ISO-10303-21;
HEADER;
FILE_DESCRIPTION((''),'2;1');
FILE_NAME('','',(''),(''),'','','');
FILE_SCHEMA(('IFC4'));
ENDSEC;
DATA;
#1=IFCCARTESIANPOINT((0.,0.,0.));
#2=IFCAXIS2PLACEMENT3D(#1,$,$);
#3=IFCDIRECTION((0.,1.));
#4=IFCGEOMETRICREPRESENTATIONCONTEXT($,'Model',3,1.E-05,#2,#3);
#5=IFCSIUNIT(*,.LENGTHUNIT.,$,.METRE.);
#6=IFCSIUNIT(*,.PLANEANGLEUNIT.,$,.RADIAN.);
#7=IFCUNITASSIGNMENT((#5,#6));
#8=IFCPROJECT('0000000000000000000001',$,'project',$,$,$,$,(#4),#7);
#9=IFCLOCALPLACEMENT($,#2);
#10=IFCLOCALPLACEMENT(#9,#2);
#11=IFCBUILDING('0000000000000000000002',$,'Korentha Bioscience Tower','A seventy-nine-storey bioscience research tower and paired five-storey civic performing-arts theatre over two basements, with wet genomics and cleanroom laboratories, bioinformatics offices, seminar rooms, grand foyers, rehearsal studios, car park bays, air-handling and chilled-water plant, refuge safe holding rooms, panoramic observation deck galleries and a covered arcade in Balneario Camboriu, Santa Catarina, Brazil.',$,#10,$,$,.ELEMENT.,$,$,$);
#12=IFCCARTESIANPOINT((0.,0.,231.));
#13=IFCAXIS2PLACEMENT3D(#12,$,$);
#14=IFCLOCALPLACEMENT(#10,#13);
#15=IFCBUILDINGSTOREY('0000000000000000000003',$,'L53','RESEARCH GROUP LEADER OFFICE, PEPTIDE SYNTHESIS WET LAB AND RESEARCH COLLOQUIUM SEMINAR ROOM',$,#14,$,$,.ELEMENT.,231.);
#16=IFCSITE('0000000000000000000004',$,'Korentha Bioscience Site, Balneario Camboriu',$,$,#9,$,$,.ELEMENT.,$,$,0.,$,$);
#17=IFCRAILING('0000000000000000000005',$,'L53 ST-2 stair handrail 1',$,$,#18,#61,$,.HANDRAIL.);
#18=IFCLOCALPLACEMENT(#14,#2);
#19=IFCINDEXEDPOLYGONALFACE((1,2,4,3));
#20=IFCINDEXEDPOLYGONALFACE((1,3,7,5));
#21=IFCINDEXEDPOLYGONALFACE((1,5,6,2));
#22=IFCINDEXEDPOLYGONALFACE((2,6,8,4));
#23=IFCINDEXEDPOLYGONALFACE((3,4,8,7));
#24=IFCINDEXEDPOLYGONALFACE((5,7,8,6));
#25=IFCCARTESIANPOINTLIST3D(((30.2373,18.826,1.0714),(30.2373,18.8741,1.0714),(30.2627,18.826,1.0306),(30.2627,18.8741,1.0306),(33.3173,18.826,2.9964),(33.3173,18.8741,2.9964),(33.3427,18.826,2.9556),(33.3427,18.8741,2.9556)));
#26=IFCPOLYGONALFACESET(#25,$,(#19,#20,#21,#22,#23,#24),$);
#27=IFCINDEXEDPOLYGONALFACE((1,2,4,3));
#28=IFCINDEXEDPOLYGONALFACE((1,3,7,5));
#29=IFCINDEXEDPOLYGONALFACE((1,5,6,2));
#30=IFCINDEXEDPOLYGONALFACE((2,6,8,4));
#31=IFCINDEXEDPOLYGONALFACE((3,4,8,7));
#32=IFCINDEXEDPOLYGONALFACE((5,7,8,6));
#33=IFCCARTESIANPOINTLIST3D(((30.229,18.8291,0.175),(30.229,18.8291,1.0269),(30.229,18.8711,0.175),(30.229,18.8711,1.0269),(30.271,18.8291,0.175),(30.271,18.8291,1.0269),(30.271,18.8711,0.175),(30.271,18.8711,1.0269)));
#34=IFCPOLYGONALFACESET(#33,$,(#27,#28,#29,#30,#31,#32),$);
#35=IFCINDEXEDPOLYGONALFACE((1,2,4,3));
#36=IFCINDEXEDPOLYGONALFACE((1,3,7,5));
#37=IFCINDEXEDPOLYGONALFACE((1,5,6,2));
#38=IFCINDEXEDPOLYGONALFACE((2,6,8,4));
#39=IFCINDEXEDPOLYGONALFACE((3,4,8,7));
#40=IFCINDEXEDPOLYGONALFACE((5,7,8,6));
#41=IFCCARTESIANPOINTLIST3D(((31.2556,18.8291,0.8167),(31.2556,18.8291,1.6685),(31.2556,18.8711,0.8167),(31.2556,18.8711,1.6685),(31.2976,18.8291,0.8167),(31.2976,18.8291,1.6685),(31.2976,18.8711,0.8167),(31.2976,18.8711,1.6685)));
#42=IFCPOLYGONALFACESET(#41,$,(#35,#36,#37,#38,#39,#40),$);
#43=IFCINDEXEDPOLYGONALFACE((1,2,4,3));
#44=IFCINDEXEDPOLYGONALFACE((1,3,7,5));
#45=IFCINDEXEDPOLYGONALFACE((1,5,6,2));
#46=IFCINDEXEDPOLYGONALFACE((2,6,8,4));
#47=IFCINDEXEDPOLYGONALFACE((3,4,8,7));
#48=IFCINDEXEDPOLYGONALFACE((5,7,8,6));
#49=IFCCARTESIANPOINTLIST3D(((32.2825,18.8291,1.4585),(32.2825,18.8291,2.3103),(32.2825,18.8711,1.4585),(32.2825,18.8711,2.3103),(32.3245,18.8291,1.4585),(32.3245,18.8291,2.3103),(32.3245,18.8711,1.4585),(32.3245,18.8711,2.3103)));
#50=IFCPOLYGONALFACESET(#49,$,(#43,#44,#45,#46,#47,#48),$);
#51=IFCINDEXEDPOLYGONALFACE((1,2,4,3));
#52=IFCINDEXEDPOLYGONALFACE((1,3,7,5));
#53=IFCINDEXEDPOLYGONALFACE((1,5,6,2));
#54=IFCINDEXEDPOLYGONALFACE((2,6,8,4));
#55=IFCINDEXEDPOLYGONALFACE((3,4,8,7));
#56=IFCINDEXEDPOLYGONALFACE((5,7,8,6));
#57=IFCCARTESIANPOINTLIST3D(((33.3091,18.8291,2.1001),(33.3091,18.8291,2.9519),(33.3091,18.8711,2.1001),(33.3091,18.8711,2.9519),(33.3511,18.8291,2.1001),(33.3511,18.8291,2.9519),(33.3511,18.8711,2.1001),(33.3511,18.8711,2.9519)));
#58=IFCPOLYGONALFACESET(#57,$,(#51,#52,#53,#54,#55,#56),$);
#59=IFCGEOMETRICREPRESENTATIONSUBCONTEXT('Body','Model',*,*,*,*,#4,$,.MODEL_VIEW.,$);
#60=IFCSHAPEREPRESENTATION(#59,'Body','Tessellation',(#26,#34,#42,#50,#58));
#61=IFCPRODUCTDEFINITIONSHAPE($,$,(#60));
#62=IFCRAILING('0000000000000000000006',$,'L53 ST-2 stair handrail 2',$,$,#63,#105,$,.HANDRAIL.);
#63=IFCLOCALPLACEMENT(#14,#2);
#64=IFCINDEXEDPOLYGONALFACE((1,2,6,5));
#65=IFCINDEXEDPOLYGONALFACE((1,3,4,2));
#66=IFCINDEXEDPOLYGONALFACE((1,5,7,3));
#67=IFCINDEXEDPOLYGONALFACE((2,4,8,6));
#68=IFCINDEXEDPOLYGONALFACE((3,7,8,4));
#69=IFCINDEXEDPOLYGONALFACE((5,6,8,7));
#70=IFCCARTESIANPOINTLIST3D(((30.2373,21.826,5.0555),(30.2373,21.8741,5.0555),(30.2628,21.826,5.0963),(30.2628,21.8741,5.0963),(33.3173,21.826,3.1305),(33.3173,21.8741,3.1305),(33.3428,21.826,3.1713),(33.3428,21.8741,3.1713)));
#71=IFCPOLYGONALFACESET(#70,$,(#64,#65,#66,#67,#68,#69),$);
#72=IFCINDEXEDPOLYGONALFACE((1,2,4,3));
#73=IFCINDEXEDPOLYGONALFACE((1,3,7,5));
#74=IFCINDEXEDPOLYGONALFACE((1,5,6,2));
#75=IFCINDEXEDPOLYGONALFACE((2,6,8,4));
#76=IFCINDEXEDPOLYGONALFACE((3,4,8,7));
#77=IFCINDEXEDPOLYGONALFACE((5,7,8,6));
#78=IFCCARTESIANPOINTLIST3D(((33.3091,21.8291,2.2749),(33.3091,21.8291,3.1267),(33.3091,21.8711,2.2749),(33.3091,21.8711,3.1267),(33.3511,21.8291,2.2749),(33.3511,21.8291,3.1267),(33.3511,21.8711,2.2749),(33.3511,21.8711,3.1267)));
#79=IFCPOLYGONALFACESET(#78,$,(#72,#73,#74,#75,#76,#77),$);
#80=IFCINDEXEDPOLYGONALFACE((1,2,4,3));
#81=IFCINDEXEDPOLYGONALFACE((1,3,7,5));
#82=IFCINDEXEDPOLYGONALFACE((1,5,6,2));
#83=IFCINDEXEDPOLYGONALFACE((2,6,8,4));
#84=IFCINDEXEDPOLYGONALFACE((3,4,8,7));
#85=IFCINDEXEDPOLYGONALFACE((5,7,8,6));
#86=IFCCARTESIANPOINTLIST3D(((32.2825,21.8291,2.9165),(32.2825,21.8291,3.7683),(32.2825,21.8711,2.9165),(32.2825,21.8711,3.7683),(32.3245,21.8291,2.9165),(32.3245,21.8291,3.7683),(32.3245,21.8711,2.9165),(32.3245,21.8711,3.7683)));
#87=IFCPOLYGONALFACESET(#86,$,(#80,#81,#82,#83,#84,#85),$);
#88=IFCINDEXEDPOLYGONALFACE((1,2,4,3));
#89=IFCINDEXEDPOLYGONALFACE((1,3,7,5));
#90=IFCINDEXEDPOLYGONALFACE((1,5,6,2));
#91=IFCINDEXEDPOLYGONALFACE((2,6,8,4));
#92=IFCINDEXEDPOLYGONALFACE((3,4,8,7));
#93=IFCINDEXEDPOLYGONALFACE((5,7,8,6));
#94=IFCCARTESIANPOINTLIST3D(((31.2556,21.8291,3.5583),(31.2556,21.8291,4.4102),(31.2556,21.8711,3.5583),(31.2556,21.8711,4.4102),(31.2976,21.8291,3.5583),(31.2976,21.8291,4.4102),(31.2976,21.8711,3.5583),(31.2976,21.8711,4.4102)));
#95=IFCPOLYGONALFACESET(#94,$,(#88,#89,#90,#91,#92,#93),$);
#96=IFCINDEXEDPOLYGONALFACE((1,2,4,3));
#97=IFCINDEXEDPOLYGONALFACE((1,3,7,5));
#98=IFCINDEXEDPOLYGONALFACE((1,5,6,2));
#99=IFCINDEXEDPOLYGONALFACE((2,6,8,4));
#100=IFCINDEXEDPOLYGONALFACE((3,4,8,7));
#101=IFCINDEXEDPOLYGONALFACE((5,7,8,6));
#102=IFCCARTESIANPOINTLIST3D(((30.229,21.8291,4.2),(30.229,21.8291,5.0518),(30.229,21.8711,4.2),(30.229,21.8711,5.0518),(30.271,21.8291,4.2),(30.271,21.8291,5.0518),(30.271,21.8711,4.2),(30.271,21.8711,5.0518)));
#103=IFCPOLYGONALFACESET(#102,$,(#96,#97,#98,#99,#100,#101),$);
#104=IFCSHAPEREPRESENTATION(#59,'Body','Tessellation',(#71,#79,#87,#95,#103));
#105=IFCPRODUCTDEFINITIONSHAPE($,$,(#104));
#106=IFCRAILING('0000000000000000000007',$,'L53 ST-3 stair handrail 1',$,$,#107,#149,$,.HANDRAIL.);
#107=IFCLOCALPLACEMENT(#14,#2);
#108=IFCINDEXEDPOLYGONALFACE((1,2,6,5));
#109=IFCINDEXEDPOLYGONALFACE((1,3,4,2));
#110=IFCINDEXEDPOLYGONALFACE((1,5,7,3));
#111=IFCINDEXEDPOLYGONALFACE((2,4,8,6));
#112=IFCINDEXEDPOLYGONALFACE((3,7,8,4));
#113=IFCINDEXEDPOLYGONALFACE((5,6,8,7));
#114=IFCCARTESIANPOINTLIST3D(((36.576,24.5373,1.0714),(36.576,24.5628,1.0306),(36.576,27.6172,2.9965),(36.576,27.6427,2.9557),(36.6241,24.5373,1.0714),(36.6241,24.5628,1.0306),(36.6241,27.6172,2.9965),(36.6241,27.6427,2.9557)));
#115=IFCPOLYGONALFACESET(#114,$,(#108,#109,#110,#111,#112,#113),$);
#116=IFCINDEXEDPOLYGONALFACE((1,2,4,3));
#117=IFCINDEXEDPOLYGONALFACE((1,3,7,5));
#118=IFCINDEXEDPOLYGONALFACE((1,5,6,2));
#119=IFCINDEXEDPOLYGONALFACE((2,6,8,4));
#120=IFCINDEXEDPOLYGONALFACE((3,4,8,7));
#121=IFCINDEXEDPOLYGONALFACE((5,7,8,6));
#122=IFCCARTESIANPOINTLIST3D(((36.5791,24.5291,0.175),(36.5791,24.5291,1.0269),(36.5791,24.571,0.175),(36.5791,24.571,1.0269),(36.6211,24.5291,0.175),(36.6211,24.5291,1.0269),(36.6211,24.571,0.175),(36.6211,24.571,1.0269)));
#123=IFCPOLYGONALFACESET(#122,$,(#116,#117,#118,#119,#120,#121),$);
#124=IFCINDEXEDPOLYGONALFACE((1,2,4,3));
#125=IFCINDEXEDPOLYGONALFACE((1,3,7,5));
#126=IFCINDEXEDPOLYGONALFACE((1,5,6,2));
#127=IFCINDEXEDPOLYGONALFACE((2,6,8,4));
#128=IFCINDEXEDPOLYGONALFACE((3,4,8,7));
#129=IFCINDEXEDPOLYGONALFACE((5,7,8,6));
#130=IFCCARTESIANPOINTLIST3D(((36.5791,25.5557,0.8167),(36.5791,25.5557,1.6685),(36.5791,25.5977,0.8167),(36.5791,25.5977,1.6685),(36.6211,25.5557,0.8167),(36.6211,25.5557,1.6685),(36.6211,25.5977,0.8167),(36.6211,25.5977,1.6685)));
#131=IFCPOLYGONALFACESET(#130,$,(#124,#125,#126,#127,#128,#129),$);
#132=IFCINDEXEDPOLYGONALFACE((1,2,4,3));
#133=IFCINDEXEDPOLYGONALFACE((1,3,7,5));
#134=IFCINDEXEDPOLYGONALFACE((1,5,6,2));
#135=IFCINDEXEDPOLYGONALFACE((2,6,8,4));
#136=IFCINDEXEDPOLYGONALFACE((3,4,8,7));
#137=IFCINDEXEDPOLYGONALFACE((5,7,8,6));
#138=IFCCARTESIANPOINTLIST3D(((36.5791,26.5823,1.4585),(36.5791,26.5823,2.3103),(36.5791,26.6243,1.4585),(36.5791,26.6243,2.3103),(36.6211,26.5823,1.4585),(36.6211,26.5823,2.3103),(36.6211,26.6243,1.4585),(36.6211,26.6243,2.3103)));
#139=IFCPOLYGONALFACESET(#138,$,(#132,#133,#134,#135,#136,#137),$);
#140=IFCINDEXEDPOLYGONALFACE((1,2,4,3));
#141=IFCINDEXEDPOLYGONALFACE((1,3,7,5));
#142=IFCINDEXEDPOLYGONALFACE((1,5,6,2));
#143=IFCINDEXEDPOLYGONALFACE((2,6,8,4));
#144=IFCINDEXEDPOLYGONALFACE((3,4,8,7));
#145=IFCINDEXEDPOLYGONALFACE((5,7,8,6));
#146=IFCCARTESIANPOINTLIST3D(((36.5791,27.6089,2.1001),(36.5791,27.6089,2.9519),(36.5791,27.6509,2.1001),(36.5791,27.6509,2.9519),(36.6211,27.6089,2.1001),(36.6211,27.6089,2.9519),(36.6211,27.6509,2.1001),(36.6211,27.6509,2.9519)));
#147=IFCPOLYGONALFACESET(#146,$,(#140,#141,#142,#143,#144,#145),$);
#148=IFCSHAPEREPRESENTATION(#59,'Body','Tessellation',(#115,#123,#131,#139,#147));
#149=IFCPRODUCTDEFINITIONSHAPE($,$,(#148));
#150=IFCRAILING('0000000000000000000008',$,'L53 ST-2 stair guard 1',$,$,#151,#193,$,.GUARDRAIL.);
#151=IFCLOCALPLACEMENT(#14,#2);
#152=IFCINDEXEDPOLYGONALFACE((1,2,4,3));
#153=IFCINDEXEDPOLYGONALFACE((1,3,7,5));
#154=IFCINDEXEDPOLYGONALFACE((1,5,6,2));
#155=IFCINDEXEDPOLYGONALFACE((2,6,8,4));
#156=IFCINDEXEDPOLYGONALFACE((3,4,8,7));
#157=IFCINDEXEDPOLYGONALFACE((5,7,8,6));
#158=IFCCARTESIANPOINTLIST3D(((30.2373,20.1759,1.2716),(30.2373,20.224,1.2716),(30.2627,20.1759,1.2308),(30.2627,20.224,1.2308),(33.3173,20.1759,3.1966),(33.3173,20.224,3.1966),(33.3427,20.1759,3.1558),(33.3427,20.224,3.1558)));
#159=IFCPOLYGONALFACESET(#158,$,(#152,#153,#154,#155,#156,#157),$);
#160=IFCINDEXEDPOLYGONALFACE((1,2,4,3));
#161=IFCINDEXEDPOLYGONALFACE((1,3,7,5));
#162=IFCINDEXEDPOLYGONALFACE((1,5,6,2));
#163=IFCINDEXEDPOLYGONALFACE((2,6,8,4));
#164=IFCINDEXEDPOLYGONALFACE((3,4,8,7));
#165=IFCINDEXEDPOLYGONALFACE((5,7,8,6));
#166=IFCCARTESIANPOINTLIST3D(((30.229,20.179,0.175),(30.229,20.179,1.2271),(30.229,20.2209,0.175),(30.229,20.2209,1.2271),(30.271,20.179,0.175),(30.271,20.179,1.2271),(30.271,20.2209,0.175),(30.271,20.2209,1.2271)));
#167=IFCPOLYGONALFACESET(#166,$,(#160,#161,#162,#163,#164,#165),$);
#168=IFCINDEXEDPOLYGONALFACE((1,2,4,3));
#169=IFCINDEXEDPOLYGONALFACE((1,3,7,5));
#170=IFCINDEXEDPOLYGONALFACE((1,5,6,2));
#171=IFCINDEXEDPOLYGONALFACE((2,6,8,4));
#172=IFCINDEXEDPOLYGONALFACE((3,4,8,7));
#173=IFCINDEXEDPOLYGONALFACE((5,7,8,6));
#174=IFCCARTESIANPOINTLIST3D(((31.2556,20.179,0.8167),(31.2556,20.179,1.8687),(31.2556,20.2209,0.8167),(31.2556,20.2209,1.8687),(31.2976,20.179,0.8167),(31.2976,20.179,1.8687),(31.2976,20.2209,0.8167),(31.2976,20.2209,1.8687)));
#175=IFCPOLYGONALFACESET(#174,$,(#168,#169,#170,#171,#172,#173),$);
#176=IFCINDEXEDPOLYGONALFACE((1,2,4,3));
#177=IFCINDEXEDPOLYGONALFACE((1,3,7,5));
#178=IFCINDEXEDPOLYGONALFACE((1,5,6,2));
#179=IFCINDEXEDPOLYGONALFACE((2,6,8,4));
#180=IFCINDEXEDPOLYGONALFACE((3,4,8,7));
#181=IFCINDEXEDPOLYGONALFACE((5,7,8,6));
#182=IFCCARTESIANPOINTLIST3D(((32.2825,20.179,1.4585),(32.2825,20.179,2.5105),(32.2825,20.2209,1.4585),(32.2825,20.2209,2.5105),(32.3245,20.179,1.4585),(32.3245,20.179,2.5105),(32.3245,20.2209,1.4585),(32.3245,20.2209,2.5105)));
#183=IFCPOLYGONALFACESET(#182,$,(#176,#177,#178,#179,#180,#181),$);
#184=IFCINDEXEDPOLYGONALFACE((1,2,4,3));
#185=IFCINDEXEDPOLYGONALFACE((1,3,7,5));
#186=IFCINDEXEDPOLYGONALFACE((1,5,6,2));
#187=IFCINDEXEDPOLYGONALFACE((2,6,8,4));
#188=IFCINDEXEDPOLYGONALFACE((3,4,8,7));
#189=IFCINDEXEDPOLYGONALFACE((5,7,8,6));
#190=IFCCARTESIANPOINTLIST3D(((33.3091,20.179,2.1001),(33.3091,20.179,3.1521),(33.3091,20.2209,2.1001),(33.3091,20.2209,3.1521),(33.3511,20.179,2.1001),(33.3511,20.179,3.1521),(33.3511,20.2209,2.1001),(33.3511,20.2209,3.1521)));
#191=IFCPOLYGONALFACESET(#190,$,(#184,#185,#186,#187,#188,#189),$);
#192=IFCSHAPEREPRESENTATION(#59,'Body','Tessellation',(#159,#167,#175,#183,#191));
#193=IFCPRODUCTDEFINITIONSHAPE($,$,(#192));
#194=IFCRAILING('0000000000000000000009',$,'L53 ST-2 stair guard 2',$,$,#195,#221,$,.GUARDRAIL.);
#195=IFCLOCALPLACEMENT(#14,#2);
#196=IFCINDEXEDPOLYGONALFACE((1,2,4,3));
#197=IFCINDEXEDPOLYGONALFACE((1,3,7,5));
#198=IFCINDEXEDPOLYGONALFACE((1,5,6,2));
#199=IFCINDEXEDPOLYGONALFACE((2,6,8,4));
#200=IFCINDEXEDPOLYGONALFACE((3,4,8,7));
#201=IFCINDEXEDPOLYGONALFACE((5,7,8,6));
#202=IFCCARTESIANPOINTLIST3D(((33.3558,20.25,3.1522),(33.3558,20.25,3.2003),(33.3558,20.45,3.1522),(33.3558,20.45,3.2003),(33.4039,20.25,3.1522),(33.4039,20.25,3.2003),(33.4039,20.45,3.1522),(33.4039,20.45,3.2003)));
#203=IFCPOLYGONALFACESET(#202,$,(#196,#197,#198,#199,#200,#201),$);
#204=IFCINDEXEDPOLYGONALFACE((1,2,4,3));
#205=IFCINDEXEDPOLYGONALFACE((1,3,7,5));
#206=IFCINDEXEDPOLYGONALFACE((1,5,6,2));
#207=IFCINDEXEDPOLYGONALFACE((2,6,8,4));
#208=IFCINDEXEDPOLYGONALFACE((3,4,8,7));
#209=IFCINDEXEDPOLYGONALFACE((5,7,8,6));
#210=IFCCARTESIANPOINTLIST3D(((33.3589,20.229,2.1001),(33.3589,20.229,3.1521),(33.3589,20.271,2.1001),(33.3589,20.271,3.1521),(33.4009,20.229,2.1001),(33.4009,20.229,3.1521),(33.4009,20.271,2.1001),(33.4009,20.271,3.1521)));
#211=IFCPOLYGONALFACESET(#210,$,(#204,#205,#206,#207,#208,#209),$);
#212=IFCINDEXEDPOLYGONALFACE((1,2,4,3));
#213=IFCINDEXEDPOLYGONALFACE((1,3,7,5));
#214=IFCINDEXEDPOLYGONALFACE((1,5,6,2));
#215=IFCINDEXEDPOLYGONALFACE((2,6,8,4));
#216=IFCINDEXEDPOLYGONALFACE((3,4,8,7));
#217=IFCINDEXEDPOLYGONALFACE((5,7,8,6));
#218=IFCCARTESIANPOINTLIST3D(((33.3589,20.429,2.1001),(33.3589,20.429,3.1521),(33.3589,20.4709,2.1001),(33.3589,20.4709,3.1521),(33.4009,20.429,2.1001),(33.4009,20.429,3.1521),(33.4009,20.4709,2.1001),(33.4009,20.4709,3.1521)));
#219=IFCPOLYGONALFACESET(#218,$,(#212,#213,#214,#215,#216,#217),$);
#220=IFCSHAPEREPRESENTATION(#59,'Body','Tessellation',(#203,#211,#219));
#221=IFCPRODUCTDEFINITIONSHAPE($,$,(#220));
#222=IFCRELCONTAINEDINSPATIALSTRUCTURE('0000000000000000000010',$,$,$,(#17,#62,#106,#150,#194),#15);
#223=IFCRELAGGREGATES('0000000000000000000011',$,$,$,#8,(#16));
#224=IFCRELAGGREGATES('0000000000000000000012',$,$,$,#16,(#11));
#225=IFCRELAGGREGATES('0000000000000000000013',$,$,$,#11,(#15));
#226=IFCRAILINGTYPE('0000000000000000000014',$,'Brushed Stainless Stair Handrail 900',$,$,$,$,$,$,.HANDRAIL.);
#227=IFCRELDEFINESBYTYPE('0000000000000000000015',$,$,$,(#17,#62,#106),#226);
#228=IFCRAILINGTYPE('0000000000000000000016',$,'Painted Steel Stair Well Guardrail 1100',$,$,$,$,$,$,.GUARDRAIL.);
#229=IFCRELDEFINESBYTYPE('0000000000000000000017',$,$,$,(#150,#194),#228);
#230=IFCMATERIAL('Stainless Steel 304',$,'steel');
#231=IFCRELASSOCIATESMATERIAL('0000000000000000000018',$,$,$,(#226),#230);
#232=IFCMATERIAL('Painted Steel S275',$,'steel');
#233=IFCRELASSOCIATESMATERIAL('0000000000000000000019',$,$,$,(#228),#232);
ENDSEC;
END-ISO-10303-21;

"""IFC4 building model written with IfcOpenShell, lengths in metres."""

from ifc_helpers import new_model, si_unit, direction, frame, origin, origin_2d, place, context, subcontext, project, spatial, rectangle, extrude, material, type_object, element, save


model = new_model("IFC4")

# Units and contexts
model_context = context("Model", 3, precision=1e-05, world=origin(), true_north=direction((0.0, 1.0)))
body_context = subcontext(model_context, "Body", "Model", "MODEL_VIEW")
ifc_project = project(units=[si_unit("LENGTHUNIT", "METRE"), si_unit("PLANEANGLEUNIT", "RADIAN")], contexts=[model_context])

# Site, building, storey
site_placement = place(None, origin())
site = spatial("IfcSite", under=ifc_project, at=site_placement, Name="Korentha Bioscience Site, Balneario Camboriu", CompositionType="ELEMENT", RefElevation=0.0)
building_placement = place(site_placement, origin())
building = spatial("IfcBuilding", under=site, at=building_placement, Name="Korentha Bioscience Tower", Description="A seventy-nine-storey bioscience research tower and paired five-storey civic performing-arts theatre over two basements, with wet genomics and cleanroom laboratories, bioinformatics offices, seminar rooms, grand foyers, rehearsal studios, car park bays, air-handling and chilled-water plant, refuge safe holding rooms, panoramic observation deck galleries and a covered arcade in Balneario Camboriu, Santa Catarina, Brazil.", CompositionType="ELEMENT")
storey_placement = place(building_placement, frame((0.0, 0.0, 231.0)))
storey = spatial("IfcBuildingStorey", under=building, at=storey_placement, Name="L53", Description="RESEARCH GROUP LEADER OFFICE, PEPTIDE SYNTHESIS WET LAB AND RESEARCH COLLOQUIUM SEMINAR ROOM", CompositionType="ELEMENT", Elevation=231.0)

# Railings
ifc_material_1 = material(Name="Stainless Steel 304", Category="steel")
railing_type_1 = type_object("IfcRailingType", Name="Brushed Stainless Stair Handrail 900", PredefinedType="HANDRAIL", material=ifc_material_1)
railing_1_placement = place(storey_placement, frame((30.25, 18.8501, 0.175)))
element("IfcRailing", 1, at=railing_1_placement, inside=storey, type_object=railing_type_1, Name="L53 ST-2 stair handrail 1", PredefinedType="HANDRAIL", context=body_context, shape_type="SweptSolid", body=[
    extrude(rectangle(XDim=0.0481, YDim=0.0481, at=origin_2d()), frame((0.0, 0.0, 0.876), z_axis=(0.847998, 0.0, 0.529999), x_axis=(0.0, 1.0, 0.0)), (0.0, 0.0, 1.0), 3.6321),
    extrude(rectangle(XDim=0.042, YDim=0.042, at=origin_2d()), origin(), (0.0, 0.0, 1.0), 0.8518),
    extrude(rectangle(XDim=0.042, YDim=0.042, at=origin_2d()), frame((1.0266, 0.0, 0.6416)), (0.0, 0.0, 1.0), 0.8518),
    extrude(rectangle(XDim=0.042, YDim=0.042, at=origin_2d()), frame((2.0535, 0.0, 1.2834)), (0.0, 0.0, 1.0), 0.8518),
    extrude(rectangle(XDim=0.042, YDim=0.042, at=origin_2d()), frame((3.0801, 0.0, 1.925)), (0.0, 0.0, 1.0), 0.8518),
])
railing_2_placement = place(storey_placement, frame((33.3301, 21.8501, 2.2749)))
element("IfcRailing", 2, at=railing_2_placement, inside=storey, type_object=railing_type_1, Name="L53 ST-2 stair handrail 2", PredefinedType="HANDRAIL", context=body_context, shape_type="SweptSolid", body=[
    extrude(rectangle(XDim=0.0481, YDim=0.0481, at=origin_2d()), frame((0.0, 0.0, 0.876), z_axis=(-0.847998, 0.0, 0.529999), x_axis=(0.0, -1.0, 0.0)), (0.0, 0.0, 1.0), 3.6321),
    extrude(rectangle(XDim=0.042, YDim=0.042, at=origin_2d()), origin(), (0.0, 0.0, 1.0), 0.8518),
    extrude(rectangle(XDim=0.042, YDim=0.042, at=origin_2d()), frame((-1.0266, 0.0, 0.6416)), (0.0, 0.0, 1.0), 0.8518),
    extrude(rectangle(XDim=0.042, YDim=0.042, at=origin_2d()), frame((-2.0535, 0.0, 1.2834)), (0.0, 0.0, 1.0), 0.8518),
    extrude(rectangle(XDim=0.042, YDim=0.042, at=origin_2d()), frame((-3.0801, 0.0, 1.925)), (0.0, 0.0, 1.0), 0.8518),
])
railing_3_placement = place(storey_placement, frame((36.6001, 24.55, 0.175)))
element("IfcRailing", 3, at=railing_3_placement, inside=storey, type_object=railing_type_1, Name="L53 ST-3 stair handrail 1", PredefinedType="HANDRAIL", context=body_context, shape_type="SweptSolid", body=[
    extrude(rectangle(XDim=0.0481, YDim=0.0481, at=origin_2d()), frame((0.0, 0.0, 0.876), z_axis=(0.0, 0.847979, 0.530029), x_axis=(-1.0, 0.0, 0.0)), (0.0, 0.0, 1.0), 3.6321),
    extrude(rectangle(XDim=0.042, YDim=0.042, at=origin_2d()), origin(), (0.0, 0.0, 1.0), 0.8518),
    extrude(rectangle(XDim=0.042, YDim=0.042, at=origin_2d()), frame((0.0, 1.0266, 0.6416)), (0.0, 0.0, 1.0), 0.8518),
    extrude(rectangle(XDim=0.042, YDim=0.042, at=origin_2d()), frame((0.0, 2.0532, 1.2834)), (0.0, 0.0, 1.0), 0.8518),
    extrude(rectangle(XDim=0.042, YDim=0.042, at=origin_2d()), frame((0.0, 3.0798, 1.925)), (0.0, 0.0, 1.0), 0.8518),
])
ifc_material_2 = material(Name="Painted Steel S275", Category="steel")
railing_type_2 = type_object("IfcRailingType", Name="Painted Steel Stair Well Guardrail 1100", PredefinedType="GUARDRAIL", material=ifc_material_2)
railing_4_placement = place(storey_placement, frame((30.25, 20.2, 0.175)))
element("IfcRailing", 4, at=railing_4_placement, inside=storey, type_object=railing_type_2, Name="L53 ST-2 stair guard 1", PredefinedType="GUARDRAIL", context=body_context, shape_type="SweptSolid", body=[
    extrude(rectangle(XDim=0.0481, YDim=0.0481, at=origin_2d()), frame((0.0, 0.0, 1.0762), z_axis=(0.847998, 0.0, 0.529999), x_axis=(0.0, 1.0, 0.0)), (0.0, 0.0, 1.0), 3.6321),
    extrude(rectangle(XDim=0.042, YDim=0.042, at=origin_2d()), origin(), (0.0, 0.0, 1.0), 1.052),
    extrude(rectangle(XDim=0.042, YDim=0.042, at=origin_2d()), frame((1.0266, 0.0, 0.6416)), (0.0, 0.0, 1.0), 1.052),
    extrude(rectangle(XDim=0.042, YDim=0.042, at=origin_2d()), frame((2.0535, 0.0, 1.2834)), (0.0, 0.0, 1.0), 1.052),
    extrude(rectangle(XDim=0.042, YDim=0.042, at=origin_2d()), frame((3.0801, 0.0, 1.925)), (0.0, 0.0, 1.0), 1.052),
])
railing_5_placement = place(storey_placement, frame((33.3799, 20.25, 2.1001)))
element("IfcRailing", 5, at=railing_5_placement, inside=storey, type_object=railing_type_2, Name="L53 ST-2 stair guard 2", PredefinedType="GUARDRAIL", context=body_context, shape_type="SweptSolid", body=[
    extrude(rectangle(XDim=0.0481, YDim=0.0481, at=origin_2d()), frame((0.0, 0.0, 1.0762), z_axis=(0.0, 1.0, 0.0), x_axis=(-1.0, 0.0, 0.0)), (0.0, 0.0, 1.0), 0.2),
    extrude(rectangle(XDim=0.042, YDim=0.042, at=origin_2d()), origin(), (0.0, 0.0, 1.0), 1.052),
    extrude(rectangle(XDim=0.042, YDim=0.042, at=origin_2d()), frame((0.0, 0.2, 0.0)), (0.0, 0.0, 1.0), 1.052),
])

save(model, "model.ifc")
